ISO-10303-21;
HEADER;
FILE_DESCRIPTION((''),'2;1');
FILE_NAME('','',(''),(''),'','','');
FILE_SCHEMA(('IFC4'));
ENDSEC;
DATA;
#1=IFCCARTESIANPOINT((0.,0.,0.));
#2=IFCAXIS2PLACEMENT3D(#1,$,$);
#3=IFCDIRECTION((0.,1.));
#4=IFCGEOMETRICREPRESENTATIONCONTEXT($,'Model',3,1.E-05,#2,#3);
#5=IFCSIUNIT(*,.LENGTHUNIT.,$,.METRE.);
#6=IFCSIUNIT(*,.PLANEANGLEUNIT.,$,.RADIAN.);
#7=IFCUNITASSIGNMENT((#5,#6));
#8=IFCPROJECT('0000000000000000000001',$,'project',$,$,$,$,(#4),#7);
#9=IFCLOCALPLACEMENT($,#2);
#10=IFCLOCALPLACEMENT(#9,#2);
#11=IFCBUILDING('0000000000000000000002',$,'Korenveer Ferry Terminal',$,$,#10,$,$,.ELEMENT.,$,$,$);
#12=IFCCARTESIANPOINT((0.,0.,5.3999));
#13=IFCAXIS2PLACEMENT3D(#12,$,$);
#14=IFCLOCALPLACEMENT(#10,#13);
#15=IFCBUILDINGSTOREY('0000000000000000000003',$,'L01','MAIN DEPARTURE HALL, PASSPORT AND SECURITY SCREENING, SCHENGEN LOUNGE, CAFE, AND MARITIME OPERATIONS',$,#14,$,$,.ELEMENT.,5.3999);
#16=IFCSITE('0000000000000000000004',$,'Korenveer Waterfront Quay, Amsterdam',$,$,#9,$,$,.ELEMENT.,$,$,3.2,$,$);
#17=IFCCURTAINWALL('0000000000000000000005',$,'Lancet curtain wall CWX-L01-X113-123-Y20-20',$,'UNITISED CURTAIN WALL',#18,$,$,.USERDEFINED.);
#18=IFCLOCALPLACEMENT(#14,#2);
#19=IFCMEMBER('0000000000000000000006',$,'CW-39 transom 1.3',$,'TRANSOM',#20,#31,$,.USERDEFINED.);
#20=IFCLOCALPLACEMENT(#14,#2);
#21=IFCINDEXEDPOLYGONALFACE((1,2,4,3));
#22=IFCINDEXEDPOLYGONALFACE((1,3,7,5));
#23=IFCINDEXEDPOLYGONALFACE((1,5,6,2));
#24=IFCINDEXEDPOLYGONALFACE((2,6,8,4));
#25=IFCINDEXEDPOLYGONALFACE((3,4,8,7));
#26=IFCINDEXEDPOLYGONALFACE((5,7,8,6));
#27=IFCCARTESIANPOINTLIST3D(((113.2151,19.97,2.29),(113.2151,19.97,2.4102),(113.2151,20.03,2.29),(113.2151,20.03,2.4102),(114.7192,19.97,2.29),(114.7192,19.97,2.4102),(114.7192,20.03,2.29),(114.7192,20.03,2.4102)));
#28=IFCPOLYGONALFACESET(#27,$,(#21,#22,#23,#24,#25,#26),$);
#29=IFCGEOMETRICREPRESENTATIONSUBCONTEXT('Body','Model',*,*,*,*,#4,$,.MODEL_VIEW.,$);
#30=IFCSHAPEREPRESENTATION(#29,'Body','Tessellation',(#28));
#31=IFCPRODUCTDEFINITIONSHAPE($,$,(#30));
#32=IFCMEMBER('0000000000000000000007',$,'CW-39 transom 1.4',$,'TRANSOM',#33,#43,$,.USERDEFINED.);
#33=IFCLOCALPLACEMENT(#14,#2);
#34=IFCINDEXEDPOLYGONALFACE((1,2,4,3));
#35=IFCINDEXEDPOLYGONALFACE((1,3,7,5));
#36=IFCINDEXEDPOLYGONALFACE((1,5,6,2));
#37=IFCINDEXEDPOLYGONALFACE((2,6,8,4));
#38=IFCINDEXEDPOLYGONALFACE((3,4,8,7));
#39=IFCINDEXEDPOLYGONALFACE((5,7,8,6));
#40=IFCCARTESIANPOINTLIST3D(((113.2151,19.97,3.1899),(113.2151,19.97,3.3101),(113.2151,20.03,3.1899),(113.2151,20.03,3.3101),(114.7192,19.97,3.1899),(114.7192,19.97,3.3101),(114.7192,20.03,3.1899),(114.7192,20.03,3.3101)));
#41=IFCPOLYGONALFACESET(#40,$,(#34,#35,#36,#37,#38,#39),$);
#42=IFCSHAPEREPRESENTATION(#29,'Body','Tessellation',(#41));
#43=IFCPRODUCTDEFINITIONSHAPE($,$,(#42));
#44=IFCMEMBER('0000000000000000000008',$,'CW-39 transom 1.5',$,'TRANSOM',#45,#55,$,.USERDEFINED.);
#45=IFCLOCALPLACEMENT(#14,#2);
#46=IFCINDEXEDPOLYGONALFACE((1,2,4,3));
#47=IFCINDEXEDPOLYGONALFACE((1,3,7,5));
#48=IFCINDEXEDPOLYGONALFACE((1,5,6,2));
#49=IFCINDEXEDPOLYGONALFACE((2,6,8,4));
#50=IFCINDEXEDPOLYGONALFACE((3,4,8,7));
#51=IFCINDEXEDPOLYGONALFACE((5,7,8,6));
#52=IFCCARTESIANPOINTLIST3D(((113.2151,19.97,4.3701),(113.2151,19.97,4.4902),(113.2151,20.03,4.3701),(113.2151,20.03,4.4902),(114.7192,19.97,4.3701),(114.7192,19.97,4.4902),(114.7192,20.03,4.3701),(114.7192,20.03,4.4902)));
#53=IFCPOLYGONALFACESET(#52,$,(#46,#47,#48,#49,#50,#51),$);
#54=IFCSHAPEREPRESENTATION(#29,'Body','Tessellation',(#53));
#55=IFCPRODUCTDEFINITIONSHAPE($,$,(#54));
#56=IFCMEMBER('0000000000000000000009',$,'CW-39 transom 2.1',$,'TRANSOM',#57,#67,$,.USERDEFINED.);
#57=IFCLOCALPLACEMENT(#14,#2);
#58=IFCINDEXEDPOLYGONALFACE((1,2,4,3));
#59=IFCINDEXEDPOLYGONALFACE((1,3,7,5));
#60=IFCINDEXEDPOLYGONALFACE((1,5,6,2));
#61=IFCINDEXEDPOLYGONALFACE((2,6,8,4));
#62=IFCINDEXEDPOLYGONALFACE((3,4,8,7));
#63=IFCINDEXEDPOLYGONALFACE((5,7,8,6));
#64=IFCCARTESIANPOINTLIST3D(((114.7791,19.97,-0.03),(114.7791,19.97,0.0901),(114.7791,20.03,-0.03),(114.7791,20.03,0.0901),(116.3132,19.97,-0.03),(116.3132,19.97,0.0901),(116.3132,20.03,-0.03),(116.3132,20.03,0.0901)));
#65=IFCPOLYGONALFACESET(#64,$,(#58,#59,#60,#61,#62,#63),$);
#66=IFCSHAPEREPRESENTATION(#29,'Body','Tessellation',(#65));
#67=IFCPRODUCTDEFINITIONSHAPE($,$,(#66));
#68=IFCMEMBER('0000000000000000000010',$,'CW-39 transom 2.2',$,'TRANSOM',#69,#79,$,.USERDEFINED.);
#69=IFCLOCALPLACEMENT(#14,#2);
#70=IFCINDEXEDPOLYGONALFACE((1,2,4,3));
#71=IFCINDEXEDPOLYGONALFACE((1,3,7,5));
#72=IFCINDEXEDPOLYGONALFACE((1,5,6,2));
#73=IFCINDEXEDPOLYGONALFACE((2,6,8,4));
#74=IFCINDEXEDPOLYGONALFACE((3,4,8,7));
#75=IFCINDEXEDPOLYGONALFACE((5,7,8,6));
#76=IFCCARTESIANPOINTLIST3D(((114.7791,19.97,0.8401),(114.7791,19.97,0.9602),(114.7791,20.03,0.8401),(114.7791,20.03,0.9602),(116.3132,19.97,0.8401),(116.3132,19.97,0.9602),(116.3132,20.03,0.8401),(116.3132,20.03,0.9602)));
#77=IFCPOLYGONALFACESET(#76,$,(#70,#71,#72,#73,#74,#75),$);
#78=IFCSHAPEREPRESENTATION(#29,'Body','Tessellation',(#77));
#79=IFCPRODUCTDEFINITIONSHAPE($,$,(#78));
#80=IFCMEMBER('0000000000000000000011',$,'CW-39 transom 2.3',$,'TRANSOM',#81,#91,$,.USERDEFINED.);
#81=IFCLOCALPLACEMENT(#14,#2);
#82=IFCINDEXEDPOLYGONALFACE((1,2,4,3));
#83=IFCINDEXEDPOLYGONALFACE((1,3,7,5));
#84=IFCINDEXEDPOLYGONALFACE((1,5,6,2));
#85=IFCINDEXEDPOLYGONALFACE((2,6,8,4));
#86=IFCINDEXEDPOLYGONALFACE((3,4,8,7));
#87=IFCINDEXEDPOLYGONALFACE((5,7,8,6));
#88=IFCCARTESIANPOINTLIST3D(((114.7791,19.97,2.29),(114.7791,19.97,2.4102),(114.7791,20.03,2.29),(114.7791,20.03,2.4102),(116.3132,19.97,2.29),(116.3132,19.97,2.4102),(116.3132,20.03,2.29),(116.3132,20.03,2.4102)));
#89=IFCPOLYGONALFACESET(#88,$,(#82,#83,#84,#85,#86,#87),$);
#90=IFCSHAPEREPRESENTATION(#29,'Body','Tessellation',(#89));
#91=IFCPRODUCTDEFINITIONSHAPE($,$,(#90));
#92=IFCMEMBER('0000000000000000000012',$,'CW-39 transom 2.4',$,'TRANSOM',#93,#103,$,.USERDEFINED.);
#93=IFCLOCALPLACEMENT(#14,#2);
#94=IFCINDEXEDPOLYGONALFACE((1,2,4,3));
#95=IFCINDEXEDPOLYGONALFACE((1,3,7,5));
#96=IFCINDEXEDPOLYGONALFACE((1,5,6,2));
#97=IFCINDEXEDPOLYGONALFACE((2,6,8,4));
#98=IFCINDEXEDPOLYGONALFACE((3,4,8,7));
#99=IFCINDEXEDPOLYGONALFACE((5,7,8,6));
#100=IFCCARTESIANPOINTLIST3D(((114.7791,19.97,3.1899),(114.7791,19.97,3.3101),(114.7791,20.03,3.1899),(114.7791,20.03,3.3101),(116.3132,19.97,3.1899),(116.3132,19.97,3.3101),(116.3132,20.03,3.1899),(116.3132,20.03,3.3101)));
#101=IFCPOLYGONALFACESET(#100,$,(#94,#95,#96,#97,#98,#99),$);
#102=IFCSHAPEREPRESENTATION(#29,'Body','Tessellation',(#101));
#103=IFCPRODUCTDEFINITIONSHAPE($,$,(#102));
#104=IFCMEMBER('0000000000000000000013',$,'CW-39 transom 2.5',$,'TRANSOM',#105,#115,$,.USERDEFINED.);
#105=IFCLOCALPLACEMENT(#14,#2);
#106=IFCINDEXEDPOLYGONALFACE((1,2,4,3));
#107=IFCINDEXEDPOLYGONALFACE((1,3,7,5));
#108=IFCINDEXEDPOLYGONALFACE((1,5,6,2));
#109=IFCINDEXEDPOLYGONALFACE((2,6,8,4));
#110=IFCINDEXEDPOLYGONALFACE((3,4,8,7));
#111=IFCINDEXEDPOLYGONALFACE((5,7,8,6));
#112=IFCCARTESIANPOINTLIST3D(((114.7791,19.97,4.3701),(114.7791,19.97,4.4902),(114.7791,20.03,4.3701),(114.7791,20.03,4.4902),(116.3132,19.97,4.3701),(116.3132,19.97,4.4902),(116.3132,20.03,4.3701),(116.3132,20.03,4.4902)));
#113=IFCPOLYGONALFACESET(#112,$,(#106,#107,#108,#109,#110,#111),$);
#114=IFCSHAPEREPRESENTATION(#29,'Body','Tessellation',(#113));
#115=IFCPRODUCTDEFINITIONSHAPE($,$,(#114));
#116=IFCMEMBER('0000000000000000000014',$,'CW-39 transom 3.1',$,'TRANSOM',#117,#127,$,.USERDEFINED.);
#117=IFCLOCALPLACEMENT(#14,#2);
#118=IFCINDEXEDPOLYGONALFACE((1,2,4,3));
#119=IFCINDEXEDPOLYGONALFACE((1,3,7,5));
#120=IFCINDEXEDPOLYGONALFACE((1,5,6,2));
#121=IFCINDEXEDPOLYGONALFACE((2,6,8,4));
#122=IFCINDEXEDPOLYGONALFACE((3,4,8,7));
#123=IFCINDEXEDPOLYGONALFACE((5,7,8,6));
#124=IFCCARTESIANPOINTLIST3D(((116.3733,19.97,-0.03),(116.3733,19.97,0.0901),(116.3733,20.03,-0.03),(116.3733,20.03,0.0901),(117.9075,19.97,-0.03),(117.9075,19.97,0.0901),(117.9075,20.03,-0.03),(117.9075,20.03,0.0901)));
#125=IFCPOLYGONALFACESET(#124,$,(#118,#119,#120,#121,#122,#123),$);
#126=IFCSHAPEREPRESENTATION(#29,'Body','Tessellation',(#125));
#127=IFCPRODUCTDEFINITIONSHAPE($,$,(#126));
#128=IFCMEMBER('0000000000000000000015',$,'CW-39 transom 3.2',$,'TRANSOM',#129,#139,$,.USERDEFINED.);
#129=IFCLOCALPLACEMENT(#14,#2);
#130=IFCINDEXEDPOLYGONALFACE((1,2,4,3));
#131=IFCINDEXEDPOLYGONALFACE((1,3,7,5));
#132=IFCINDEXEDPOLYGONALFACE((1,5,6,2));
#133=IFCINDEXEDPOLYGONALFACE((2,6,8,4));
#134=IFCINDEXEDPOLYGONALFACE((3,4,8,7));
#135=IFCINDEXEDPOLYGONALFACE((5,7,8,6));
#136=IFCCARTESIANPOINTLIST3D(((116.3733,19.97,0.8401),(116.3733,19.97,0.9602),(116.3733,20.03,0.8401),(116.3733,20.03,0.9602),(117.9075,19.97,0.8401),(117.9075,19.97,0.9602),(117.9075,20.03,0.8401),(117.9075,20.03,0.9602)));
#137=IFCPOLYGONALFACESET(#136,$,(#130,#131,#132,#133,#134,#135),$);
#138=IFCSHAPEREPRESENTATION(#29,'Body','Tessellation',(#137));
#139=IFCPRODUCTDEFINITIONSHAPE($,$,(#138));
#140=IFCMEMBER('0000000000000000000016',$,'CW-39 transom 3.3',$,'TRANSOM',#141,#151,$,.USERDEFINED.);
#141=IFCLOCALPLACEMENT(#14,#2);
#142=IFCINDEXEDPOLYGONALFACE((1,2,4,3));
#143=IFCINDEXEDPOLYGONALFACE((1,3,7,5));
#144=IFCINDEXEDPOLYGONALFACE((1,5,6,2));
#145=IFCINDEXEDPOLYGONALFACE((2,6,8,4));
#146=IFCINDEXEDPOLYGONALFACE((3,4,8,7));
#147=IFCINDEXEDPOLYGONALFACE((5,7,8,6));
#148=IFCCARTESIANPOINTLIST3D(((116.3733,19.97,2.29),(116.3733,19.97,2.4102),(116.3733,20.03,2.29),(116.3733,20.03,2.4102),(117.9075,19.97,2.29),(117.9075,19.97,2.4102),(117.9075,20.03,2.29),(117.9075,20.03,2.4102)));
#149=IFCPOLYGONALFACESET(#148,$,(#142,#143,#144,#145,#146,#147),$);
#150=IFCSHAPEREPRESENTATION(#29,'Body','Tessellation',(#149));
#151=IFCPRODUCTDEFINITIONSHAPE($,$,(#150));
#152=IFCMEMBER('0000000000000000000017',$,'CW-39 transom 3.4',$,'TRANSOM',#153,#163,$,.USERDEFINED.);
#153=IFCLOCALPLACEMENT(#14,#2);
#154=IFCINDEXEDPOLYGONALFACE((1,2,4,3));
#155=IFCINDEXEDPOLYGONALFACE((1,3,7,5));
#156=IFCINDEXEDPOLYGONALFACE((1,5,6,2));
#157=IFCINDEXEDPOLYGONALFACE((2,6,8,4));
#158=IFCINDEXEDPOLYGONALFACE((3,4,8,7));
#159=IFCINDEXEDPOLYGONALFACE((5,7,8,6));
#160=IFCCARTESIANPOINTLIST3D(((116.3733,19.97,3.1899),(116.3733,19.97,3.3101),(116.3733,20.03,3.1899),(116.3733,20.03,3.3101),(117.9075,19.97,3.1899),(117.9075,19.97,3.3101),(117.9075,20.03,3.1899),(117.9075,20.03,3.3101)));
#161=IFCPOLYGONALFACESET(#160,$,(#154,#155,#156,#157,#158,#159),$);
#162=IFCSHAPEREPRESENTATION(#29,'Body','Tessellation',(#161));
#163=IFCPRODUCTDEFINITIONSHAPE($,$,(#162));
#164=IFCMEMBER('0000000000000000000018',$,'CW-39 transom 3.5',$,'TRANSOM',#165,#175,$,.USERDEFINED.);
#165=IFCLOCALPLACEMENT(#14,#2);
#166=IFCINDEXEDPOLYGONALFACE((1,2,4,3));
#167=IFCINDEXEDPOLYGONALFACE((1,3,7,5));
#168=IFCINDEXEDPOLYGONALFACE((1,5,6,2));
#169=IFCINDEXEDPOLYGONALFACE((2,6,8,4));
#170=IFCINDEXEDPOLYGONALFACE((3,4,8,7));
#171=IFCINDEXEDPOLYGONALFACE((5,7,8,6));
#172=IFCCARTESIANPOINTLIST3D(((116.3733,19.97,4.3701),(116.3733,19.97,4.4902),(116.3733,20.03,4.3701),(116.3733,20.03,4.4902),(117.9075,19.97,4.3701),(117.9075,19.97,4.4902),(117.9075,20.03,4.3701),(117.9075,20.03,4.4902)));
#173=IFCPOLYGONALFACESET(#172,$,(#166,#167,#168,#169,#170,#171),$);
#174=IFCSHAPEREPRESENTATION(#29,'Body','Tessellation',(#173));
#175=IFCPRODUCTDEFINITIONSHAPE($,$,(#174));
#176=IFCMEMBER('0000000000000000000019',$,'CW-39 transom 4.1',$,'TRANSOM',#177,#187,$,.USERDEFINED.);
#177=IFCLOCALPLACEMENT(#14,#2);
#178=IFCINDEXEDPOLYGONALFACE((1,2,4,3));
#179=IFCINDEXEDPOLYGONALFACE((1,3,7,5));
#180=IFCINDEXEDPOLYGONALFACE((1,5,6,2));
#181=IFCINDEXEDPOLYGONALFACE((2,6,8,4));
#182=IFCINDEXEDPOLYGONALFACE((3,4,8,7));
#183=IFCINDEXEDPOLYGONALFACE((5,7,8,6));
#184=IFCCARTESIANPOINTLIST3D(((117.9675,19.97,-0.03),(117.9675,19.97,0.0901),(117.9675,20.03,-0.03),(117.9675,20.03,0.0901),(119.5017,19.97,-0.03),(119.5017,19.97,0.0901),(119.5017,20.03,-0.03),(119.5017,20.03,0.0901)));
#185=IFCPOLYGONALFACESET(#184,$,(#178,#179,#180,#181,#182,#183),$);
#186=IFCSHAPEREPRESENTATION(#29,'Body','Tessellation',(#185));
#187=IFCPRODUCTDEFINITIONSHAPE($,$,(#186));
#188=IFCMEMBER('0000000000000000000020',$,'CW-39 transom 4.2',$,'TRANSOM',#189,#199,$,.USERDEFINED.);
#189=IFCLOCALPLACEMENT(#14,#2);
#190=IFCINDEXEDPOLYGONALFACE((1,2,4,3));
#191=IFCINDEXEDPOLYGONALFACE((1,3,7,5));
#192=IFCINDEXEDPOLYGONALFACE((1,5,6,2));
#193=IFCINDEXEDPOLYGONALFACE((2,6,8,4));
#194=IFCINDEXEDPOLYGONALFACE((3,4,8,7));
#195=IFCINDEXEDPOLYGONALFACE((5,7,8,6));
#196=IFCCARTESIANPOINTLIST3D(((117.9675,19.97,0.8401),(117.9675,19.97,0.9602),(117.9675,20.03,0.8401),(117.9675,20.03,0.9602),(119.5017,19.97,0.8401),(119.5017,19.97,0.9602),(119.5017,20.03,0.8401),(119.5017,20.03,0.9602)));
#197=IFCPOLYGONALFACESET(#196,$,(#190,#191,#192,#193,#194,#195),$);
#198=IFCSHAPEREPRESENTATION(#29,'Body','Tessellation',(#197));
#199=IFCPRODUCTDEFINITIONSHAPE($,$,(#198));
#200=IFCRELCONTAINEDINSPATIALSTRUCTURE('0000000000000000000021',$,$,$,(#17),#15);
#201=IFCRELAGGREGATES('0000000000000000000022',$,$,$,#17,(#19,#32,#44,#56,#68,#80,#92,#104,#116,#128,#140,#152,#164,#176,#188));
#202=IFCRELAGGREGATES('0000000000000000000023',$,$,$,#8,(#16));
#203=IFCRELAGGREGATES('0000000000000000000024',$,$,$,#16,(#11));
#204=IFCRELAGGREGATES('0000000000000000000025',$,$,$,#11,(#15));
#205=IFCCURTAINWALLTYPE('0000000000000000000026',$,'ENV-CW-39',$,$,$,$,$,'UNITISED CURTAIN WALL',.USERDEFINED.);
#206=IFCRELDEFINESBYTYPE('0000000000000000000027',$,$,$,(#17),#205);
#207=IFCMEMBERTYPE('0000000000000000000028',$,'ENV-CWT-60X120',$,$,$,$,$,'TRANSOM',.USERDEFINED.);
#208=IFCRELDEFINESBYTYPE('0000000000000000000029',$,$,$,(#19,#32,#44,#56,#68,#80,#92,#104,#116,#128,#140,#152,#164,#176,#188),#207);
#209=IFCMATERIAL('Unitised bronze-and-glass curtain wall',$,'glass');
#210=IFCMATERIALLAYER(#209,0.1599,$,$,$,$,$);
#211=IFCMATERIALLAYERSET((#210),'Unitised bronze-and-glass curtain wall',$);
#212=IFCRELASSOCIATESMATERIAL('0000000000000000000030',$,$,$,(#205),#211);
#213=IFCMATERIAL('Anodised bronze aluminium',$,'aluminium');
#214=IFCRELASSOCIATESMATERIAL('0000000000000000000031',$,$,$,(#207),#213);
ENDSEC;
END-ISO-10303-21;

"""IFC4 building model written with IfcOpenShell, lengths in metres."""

from ifc_helpers import new_model, si_unit, direction, frame, origin, origin_2d, place, context, subcontext, project, spatial, rectangle, extrude, material, layer, layer_set, material_profile, profile_set, type_object, element, aggregate, save


model = new_model("IFC4")

# Units and contexts
model_context = context("Model", 3, precision=1e-05, world=origin(), true_north=direction((0.0, 1.0)))
body_context = subcontext(model_context, "Body", "Model", "MODEL_VIEW")
ifc_project = project(units=[si_unit("LENGTHUNIT", "METRE"), si_unit("PLANEANGLEUNIT", "RADIAN")], contexts=[model_context])

# Site, building, storey
site_placement = place(None, origin())
site = spatial("IfcSite", under=ifc_project, at=site_placement, Name="Korenveer Waterfront Quay, Amsterdam", CompositionType="ELEMENT", RefElevation=3.2)
building_placement = place(site_placement, origin())
building = spatial("IfcBuilding", under=site, at=building_placement, Name="Korenveer Ferry Terminal", CompositionType="ELEMENT")
storey_placement = place(building_placement, frame((0.0, 0.0, 5.3999)))
storey = spatial("IfcBuildingStorey", under=building, at=storey_placement, Name="L01", Description="MAIN DEPARTURE HALL, PASSPORT AND SECURITY SCREENING, SCHENGEN LOUNGE, CAFE, AND MARITIME OPERATIONS", CompositionType="ELEMENT", Elevation=5.3999)

# Curtain wall, members
ifc_material_1 = material(Name="Unitised bronze-and-glass curtain wall", Category="glass")
ifc_layer_1 = layer(ifc_material_1, 0.1599)
ifc_layer_set_1 = layer_set([ifc_layer_1], Name="Unitised bronze-and-glass curtain wall")
curtain_wall_type = type_object("IfcCurtainWallType", Name="ENV-CW-39", ElementType="UNITISED CURTAIN WALL", PredefinedType="USERDEFINED", material=ifc_layer_set_1)
curtain_wall_placement = place(storey_placement, frame((113.155, 20.0, 0.0)))
curtain_wall = element("IfcCurtainWall", 1, at=curtain_wall_placement, inside=storey, type_object=curtain_wall_type, Name="Lancet curtain wall CWX-L01-X113-123-Y20-20", ObjectType="UNITISED CURTAIN WALL", PredefinedType="USERDEFINED")
ifc_material_2 = material(Name="Anodised bronze aluminium", Category="aluminium")
ifc_material_profile_1 = material_profile(ifc_material_2, rectangle(XDim=0.0601, YDim=0.1201, at=origin_2d()), Name="ALU 60x120")
ifc_profile_set_1 = profile_set([ifc_material_profile_1], Name="Anodised bronze aluminium")
member_type_1 = type_object("IfcMemberType", Name="ENV-CWT-60X120", ElementType="TRANSOM", PredefinedType="USERDEFINED", material=ifc_profile_set_1)
member_1_placement = place(storey_placement, frame((113.2151, 20.0, 2.3501), z_axis=(1.0, 0.0, 0.0), x_axis=(0.0, 1.0, 0.0)))
member_1 = element("IfcMember", 2, at=member_1_placement, type_object=member_type_1, Name="CW-39 transom 1.3", ObjectType="TRANSOM", PredefinedType="USERDEFINED", context=body_context, shape_type="SweptSolid", body=[
    extrude(rectangle(XDim=0.0601, YDim=0.1201, at=origin_2d()), origin(), (0.0, 0.0, 1.0), 1.5042),
])
member_2_placement = place(storey_placement, frame((113.2151, 20.0, 3.25), z_axis=(1.0, 0.0, 0.0), x_axis=(0.0, 1.0, 0.0)))
member_2 = element("IfcMember", 3, at=member_2_placement, type_object=member_type_1, Name="CW-39 transom 1.4", ObjectType="TRANSOM", PredefinedType="USERDEFINED", context=body_context, shape_type="SweptSolid", body=[
    extrude(rectangle(XDim=0.0601, YDim=0.1201, at=origin_2d()), origin(), (0.0, 0.0, 1.0), 1.5042),
])
member_3_placement = place(storey_placement, frame((113.2151, 20.0, 4.4302), z_axis=(1.0, 0.0, 0.0), x_axis=(0.0, 1.0, 0.0)))
member_3 = element("IfcMember", 4, at=member_3_placement, type_object=member_type_1, Name="CW-39 transom 1.5", ObjectType="TRANSOM", PredefinedType="USERDEFINED", context=body_context, shape_type="SweptSolid", body=[
    extrude(rectangle(XDim=0.0601, YDim=0.1201, at=origin_2d()), origin(), (0.0, 0.0, 1.0), 1.5042),
])
member_4_placement = place(storey_placement, frame((114.7791, 20.0, 0.03), z_axis=(1.0, 0.0, 0.0), x_axis=(0.0, 1.0, 0.0)))
member_4 = element("IfcMember", 5, at=member_4_placement, type_object=member_type_1, Name="CW-39 transom 2.1", ObjectType="TRANSOM", PredefinedType="USERDEFINED", context=body_context, shape_type="SweptSolid", body=[
    extrude(rectangle(XDim=0.0601, YDim=0.1201, at=origin_2d()), origin(), (0.0, 0.0, 1.0), 1.5342),
])
member_5_placement = place(storey_placement, frame((114.7791, 20.0, 0.9001), z_axis=(1.0, 0.0, 0.0), x_axis=(0.0, 1.0, 0.0)))
member_5 = element("IfcMember", 6, at=member_5_placement, type_object=member_type_1, Name="CW-39 transom 2.2", ObjectType="TRANSOM", PredefinedType="USERDEFINED", context=body_context, shape_type="SweptSolid", body=[
    extrude(rectangle(XDim=0.0601, YDim=0.1201, at=origin_2d()), origin(), (0.0, 0.0, 1.0), 1.5342),
])
member_6_placement = place(storey_placement, frame((114.7791, 20.0, 2.3501), z_axis=(1.0, 0.0, 0.0), x_axis=(0.0, 1.0, 0.0)))
member_6 = element("IfcMember", 7, at=member_6_placement, type_object=member_type_1, Name="CW-39 transom 2.3", ObjectType="TRANSOM", PredefinedType="USERDEFINED", context=body_context, shape_type="SweptSolid", body=[
    extrude(rectangle(XDim=0.0601, YDim=0.1201, at=origin_2d()), origin(), (0.0, 0.0, 1.0), 1.5342),
])
member_7_placement = place(storey_placement, frame((114.7791, 20.0, 3.25), z_axis=(1.0, 0.0, 0.0), x_axis=(0.0, 1.0, 0.0)))
member_7 = element("IfcMember", 8, at=member_7_placement, type_object=member_type_1, Name="CW-39 transom 2.4", ObjectType="TRANSOM", PredefinedType="USERDEFINED", context=body_context, shape_type="SweptSolid", body=[
    extrude(rectangle(XDim=0.0601, YDim=0.1201, at=origin_2d()), origin(), (0.0, 0.0, 1.0), 1.5342),
])
member_8_placement = place(storey_placement, frame((114.7791, 20.0, 4.4302), z_axis=(1.0, 0.0, 0.0), x_axis=(0.0, 1.0, 0.0)))
member_8 = element("IfcMember", 9, at=member_8_placement, type_object=member_type_1, Name="CW-39 transom 2.5", ObjectType="TRANSOM", PredefinedType="USERDEFINED", context=body_context, shape_type="SweptSolid", body=[
    extrude(rectangle(XDim=0.0601, YDim=0.1201, at=origin_2d()), origin(), (0.0, 0.0, 1.0), 1.5342),
])
member_9_placement = place(storey_placement, frame((116.3733, 20.0, 0.03), z_axis=(1.0, 0.0, 0.0), x_axis=(0.0, 1.0, 0.0)))
member_9 = element("IfcMember", 10, at=member_9_placement, type_object=member_type_1, Name="CW-39 transom 3.1", ObjectType="TRANSOM", PredefinedType="USERDEFINED", context=body_context, shape_type="SweptSolid", body=[
    extrude(rectangle(XDim=0.0601, YDim=0.1201, at=origin_2d()), origin(), (0.0, 0.0, 1.0), 1.5342),
])
member_10_placement = place(storey_placement, frame((116.3733, 20.0, 0.9001), z_axis=(1.0, 0.0, 0.0), x_axis=(0.0, 1.0, 0.0)))
member_10 = element("IfcMember", 11, at=member_10_placement, type_object=member_type_1, Name="CW-39 transom 3.2", ObjectType="TRANSOM", PredefinedType="USERDEFINED", context=body_context, shape_type="SweptSolid", body=[
    extrude(rectangle(XDim=0.0601, YDim=0.1201, at=origin_2d()), origin(), (0.0, 0.0, 1.0), 1.5342),
])
member_11_placement = place(storey_placement, frame((116.3733, 20.0, 2.3501), z_axis=(1.0, 0.0, 0.0), x_axis=(0.0, 1.0, 0.0)))
member_11 = element("IfcMember", 12, at=member_11_placement, type_object=member_type_1, Name="CW-39 transom 3.3", ObjectType="TRANSOM", PredefinedType="USERDEFINED", context=body_context, shape_type="SweptSolid", body=[
    extrude(rectangle(XDim=0.0601, YDim=0.1201, at=origin_2d()), origin(), (0.0, 0.0, 1.0), 1.5342),
])
member_12_placement = place(storey_placement, frame((116.3733, 20.0, 3.25), z_axis=(1.0, 0.0, 0.0), x_axis=(0.0, 1.0, 0.0)))
member_12 = element("IfcMember", 13, at=member_12_placement, type_object=member_type_1, Name="CW-39 transom 3.4", ObjectType="TRANSOM", PredefinedType="USERDEFINED", context=body_context, shape_type="SweptSolid", body=[
    extrude(rectangle(XDim=0.0601, YDim=0.1201, at=origin_2d()), origin(), (0.0, 0.0, 1.0), 1.5342),
])
member_13_placement = place(storey_placement, frame((116.3733, 20.0, 4.4302), z_axis=(1.0, 0.0, 0.0), x_axis=(0.0, 1.0, 0.0)))
member_13 = element("IfcMember", 14, at=member_13_placement, type_object=member_type_1, Name="CW-39 transom 3.5", ObjectType="TRANSOM", PredefinedType="USERDEFINED", context=body_context, shape_type="SweptSolid", body=[
    extrude(rectangle(XDim=0.0601, YDim=0.1201, at=origin_2d()), origin(), (0.0, 0.0, 1.0), 1.5342),
])
member_14_placement = place(storey_placement, frame((117.9675, 20.0, 0.03), z_axis=(1.0, 0.0, 0.0), x_axis=(0.0, 1.0, 0.0)))
member_14 = element("IfcMember", 15, at=member_14_placement, type_object=member_type_1, Name="CW-39 transom 4.1", ObjectType="TRANSOM", PredefinedType="USERDEFINED", context=body_context, shape_type="SweptSolid", body=[
    extrude(rectangle(XDim=0.0601, YDim=0.1201, at=origin_2d()), origin(), (0.0, 0.0, 1.0), 1.5342),
])
member_15_placement = place(storey_placement, frame((117.9675, 20.0, 0.9001), z_axis=(1.0, 0.0, 0.0), x_axis=(0.0, 1.0, 0.0)))
member_15 = element("IfcMember", 16, at=member_15_placement, type_object=member_type_1, Name="CW-39 transom 4.2", ObjectType="TRANSOM", PredefinedType="USERDEFINED", context=body_context, shape_type="SweptSolid", body=[
    extrude(rectangle(XDim=0.0601, YDim=0.1201, at=origin_2d()), origin(), (0.0, 0.0, 1.0), 1.5342),
])
aggregate(curtain_wall, [member_1, member_2, member_3, member_4, member_5, member_6, member_7, member_8, member_9, member_10, member_11, member_12, member_13, member_14, member_15])

save(model, "model.ifc")
